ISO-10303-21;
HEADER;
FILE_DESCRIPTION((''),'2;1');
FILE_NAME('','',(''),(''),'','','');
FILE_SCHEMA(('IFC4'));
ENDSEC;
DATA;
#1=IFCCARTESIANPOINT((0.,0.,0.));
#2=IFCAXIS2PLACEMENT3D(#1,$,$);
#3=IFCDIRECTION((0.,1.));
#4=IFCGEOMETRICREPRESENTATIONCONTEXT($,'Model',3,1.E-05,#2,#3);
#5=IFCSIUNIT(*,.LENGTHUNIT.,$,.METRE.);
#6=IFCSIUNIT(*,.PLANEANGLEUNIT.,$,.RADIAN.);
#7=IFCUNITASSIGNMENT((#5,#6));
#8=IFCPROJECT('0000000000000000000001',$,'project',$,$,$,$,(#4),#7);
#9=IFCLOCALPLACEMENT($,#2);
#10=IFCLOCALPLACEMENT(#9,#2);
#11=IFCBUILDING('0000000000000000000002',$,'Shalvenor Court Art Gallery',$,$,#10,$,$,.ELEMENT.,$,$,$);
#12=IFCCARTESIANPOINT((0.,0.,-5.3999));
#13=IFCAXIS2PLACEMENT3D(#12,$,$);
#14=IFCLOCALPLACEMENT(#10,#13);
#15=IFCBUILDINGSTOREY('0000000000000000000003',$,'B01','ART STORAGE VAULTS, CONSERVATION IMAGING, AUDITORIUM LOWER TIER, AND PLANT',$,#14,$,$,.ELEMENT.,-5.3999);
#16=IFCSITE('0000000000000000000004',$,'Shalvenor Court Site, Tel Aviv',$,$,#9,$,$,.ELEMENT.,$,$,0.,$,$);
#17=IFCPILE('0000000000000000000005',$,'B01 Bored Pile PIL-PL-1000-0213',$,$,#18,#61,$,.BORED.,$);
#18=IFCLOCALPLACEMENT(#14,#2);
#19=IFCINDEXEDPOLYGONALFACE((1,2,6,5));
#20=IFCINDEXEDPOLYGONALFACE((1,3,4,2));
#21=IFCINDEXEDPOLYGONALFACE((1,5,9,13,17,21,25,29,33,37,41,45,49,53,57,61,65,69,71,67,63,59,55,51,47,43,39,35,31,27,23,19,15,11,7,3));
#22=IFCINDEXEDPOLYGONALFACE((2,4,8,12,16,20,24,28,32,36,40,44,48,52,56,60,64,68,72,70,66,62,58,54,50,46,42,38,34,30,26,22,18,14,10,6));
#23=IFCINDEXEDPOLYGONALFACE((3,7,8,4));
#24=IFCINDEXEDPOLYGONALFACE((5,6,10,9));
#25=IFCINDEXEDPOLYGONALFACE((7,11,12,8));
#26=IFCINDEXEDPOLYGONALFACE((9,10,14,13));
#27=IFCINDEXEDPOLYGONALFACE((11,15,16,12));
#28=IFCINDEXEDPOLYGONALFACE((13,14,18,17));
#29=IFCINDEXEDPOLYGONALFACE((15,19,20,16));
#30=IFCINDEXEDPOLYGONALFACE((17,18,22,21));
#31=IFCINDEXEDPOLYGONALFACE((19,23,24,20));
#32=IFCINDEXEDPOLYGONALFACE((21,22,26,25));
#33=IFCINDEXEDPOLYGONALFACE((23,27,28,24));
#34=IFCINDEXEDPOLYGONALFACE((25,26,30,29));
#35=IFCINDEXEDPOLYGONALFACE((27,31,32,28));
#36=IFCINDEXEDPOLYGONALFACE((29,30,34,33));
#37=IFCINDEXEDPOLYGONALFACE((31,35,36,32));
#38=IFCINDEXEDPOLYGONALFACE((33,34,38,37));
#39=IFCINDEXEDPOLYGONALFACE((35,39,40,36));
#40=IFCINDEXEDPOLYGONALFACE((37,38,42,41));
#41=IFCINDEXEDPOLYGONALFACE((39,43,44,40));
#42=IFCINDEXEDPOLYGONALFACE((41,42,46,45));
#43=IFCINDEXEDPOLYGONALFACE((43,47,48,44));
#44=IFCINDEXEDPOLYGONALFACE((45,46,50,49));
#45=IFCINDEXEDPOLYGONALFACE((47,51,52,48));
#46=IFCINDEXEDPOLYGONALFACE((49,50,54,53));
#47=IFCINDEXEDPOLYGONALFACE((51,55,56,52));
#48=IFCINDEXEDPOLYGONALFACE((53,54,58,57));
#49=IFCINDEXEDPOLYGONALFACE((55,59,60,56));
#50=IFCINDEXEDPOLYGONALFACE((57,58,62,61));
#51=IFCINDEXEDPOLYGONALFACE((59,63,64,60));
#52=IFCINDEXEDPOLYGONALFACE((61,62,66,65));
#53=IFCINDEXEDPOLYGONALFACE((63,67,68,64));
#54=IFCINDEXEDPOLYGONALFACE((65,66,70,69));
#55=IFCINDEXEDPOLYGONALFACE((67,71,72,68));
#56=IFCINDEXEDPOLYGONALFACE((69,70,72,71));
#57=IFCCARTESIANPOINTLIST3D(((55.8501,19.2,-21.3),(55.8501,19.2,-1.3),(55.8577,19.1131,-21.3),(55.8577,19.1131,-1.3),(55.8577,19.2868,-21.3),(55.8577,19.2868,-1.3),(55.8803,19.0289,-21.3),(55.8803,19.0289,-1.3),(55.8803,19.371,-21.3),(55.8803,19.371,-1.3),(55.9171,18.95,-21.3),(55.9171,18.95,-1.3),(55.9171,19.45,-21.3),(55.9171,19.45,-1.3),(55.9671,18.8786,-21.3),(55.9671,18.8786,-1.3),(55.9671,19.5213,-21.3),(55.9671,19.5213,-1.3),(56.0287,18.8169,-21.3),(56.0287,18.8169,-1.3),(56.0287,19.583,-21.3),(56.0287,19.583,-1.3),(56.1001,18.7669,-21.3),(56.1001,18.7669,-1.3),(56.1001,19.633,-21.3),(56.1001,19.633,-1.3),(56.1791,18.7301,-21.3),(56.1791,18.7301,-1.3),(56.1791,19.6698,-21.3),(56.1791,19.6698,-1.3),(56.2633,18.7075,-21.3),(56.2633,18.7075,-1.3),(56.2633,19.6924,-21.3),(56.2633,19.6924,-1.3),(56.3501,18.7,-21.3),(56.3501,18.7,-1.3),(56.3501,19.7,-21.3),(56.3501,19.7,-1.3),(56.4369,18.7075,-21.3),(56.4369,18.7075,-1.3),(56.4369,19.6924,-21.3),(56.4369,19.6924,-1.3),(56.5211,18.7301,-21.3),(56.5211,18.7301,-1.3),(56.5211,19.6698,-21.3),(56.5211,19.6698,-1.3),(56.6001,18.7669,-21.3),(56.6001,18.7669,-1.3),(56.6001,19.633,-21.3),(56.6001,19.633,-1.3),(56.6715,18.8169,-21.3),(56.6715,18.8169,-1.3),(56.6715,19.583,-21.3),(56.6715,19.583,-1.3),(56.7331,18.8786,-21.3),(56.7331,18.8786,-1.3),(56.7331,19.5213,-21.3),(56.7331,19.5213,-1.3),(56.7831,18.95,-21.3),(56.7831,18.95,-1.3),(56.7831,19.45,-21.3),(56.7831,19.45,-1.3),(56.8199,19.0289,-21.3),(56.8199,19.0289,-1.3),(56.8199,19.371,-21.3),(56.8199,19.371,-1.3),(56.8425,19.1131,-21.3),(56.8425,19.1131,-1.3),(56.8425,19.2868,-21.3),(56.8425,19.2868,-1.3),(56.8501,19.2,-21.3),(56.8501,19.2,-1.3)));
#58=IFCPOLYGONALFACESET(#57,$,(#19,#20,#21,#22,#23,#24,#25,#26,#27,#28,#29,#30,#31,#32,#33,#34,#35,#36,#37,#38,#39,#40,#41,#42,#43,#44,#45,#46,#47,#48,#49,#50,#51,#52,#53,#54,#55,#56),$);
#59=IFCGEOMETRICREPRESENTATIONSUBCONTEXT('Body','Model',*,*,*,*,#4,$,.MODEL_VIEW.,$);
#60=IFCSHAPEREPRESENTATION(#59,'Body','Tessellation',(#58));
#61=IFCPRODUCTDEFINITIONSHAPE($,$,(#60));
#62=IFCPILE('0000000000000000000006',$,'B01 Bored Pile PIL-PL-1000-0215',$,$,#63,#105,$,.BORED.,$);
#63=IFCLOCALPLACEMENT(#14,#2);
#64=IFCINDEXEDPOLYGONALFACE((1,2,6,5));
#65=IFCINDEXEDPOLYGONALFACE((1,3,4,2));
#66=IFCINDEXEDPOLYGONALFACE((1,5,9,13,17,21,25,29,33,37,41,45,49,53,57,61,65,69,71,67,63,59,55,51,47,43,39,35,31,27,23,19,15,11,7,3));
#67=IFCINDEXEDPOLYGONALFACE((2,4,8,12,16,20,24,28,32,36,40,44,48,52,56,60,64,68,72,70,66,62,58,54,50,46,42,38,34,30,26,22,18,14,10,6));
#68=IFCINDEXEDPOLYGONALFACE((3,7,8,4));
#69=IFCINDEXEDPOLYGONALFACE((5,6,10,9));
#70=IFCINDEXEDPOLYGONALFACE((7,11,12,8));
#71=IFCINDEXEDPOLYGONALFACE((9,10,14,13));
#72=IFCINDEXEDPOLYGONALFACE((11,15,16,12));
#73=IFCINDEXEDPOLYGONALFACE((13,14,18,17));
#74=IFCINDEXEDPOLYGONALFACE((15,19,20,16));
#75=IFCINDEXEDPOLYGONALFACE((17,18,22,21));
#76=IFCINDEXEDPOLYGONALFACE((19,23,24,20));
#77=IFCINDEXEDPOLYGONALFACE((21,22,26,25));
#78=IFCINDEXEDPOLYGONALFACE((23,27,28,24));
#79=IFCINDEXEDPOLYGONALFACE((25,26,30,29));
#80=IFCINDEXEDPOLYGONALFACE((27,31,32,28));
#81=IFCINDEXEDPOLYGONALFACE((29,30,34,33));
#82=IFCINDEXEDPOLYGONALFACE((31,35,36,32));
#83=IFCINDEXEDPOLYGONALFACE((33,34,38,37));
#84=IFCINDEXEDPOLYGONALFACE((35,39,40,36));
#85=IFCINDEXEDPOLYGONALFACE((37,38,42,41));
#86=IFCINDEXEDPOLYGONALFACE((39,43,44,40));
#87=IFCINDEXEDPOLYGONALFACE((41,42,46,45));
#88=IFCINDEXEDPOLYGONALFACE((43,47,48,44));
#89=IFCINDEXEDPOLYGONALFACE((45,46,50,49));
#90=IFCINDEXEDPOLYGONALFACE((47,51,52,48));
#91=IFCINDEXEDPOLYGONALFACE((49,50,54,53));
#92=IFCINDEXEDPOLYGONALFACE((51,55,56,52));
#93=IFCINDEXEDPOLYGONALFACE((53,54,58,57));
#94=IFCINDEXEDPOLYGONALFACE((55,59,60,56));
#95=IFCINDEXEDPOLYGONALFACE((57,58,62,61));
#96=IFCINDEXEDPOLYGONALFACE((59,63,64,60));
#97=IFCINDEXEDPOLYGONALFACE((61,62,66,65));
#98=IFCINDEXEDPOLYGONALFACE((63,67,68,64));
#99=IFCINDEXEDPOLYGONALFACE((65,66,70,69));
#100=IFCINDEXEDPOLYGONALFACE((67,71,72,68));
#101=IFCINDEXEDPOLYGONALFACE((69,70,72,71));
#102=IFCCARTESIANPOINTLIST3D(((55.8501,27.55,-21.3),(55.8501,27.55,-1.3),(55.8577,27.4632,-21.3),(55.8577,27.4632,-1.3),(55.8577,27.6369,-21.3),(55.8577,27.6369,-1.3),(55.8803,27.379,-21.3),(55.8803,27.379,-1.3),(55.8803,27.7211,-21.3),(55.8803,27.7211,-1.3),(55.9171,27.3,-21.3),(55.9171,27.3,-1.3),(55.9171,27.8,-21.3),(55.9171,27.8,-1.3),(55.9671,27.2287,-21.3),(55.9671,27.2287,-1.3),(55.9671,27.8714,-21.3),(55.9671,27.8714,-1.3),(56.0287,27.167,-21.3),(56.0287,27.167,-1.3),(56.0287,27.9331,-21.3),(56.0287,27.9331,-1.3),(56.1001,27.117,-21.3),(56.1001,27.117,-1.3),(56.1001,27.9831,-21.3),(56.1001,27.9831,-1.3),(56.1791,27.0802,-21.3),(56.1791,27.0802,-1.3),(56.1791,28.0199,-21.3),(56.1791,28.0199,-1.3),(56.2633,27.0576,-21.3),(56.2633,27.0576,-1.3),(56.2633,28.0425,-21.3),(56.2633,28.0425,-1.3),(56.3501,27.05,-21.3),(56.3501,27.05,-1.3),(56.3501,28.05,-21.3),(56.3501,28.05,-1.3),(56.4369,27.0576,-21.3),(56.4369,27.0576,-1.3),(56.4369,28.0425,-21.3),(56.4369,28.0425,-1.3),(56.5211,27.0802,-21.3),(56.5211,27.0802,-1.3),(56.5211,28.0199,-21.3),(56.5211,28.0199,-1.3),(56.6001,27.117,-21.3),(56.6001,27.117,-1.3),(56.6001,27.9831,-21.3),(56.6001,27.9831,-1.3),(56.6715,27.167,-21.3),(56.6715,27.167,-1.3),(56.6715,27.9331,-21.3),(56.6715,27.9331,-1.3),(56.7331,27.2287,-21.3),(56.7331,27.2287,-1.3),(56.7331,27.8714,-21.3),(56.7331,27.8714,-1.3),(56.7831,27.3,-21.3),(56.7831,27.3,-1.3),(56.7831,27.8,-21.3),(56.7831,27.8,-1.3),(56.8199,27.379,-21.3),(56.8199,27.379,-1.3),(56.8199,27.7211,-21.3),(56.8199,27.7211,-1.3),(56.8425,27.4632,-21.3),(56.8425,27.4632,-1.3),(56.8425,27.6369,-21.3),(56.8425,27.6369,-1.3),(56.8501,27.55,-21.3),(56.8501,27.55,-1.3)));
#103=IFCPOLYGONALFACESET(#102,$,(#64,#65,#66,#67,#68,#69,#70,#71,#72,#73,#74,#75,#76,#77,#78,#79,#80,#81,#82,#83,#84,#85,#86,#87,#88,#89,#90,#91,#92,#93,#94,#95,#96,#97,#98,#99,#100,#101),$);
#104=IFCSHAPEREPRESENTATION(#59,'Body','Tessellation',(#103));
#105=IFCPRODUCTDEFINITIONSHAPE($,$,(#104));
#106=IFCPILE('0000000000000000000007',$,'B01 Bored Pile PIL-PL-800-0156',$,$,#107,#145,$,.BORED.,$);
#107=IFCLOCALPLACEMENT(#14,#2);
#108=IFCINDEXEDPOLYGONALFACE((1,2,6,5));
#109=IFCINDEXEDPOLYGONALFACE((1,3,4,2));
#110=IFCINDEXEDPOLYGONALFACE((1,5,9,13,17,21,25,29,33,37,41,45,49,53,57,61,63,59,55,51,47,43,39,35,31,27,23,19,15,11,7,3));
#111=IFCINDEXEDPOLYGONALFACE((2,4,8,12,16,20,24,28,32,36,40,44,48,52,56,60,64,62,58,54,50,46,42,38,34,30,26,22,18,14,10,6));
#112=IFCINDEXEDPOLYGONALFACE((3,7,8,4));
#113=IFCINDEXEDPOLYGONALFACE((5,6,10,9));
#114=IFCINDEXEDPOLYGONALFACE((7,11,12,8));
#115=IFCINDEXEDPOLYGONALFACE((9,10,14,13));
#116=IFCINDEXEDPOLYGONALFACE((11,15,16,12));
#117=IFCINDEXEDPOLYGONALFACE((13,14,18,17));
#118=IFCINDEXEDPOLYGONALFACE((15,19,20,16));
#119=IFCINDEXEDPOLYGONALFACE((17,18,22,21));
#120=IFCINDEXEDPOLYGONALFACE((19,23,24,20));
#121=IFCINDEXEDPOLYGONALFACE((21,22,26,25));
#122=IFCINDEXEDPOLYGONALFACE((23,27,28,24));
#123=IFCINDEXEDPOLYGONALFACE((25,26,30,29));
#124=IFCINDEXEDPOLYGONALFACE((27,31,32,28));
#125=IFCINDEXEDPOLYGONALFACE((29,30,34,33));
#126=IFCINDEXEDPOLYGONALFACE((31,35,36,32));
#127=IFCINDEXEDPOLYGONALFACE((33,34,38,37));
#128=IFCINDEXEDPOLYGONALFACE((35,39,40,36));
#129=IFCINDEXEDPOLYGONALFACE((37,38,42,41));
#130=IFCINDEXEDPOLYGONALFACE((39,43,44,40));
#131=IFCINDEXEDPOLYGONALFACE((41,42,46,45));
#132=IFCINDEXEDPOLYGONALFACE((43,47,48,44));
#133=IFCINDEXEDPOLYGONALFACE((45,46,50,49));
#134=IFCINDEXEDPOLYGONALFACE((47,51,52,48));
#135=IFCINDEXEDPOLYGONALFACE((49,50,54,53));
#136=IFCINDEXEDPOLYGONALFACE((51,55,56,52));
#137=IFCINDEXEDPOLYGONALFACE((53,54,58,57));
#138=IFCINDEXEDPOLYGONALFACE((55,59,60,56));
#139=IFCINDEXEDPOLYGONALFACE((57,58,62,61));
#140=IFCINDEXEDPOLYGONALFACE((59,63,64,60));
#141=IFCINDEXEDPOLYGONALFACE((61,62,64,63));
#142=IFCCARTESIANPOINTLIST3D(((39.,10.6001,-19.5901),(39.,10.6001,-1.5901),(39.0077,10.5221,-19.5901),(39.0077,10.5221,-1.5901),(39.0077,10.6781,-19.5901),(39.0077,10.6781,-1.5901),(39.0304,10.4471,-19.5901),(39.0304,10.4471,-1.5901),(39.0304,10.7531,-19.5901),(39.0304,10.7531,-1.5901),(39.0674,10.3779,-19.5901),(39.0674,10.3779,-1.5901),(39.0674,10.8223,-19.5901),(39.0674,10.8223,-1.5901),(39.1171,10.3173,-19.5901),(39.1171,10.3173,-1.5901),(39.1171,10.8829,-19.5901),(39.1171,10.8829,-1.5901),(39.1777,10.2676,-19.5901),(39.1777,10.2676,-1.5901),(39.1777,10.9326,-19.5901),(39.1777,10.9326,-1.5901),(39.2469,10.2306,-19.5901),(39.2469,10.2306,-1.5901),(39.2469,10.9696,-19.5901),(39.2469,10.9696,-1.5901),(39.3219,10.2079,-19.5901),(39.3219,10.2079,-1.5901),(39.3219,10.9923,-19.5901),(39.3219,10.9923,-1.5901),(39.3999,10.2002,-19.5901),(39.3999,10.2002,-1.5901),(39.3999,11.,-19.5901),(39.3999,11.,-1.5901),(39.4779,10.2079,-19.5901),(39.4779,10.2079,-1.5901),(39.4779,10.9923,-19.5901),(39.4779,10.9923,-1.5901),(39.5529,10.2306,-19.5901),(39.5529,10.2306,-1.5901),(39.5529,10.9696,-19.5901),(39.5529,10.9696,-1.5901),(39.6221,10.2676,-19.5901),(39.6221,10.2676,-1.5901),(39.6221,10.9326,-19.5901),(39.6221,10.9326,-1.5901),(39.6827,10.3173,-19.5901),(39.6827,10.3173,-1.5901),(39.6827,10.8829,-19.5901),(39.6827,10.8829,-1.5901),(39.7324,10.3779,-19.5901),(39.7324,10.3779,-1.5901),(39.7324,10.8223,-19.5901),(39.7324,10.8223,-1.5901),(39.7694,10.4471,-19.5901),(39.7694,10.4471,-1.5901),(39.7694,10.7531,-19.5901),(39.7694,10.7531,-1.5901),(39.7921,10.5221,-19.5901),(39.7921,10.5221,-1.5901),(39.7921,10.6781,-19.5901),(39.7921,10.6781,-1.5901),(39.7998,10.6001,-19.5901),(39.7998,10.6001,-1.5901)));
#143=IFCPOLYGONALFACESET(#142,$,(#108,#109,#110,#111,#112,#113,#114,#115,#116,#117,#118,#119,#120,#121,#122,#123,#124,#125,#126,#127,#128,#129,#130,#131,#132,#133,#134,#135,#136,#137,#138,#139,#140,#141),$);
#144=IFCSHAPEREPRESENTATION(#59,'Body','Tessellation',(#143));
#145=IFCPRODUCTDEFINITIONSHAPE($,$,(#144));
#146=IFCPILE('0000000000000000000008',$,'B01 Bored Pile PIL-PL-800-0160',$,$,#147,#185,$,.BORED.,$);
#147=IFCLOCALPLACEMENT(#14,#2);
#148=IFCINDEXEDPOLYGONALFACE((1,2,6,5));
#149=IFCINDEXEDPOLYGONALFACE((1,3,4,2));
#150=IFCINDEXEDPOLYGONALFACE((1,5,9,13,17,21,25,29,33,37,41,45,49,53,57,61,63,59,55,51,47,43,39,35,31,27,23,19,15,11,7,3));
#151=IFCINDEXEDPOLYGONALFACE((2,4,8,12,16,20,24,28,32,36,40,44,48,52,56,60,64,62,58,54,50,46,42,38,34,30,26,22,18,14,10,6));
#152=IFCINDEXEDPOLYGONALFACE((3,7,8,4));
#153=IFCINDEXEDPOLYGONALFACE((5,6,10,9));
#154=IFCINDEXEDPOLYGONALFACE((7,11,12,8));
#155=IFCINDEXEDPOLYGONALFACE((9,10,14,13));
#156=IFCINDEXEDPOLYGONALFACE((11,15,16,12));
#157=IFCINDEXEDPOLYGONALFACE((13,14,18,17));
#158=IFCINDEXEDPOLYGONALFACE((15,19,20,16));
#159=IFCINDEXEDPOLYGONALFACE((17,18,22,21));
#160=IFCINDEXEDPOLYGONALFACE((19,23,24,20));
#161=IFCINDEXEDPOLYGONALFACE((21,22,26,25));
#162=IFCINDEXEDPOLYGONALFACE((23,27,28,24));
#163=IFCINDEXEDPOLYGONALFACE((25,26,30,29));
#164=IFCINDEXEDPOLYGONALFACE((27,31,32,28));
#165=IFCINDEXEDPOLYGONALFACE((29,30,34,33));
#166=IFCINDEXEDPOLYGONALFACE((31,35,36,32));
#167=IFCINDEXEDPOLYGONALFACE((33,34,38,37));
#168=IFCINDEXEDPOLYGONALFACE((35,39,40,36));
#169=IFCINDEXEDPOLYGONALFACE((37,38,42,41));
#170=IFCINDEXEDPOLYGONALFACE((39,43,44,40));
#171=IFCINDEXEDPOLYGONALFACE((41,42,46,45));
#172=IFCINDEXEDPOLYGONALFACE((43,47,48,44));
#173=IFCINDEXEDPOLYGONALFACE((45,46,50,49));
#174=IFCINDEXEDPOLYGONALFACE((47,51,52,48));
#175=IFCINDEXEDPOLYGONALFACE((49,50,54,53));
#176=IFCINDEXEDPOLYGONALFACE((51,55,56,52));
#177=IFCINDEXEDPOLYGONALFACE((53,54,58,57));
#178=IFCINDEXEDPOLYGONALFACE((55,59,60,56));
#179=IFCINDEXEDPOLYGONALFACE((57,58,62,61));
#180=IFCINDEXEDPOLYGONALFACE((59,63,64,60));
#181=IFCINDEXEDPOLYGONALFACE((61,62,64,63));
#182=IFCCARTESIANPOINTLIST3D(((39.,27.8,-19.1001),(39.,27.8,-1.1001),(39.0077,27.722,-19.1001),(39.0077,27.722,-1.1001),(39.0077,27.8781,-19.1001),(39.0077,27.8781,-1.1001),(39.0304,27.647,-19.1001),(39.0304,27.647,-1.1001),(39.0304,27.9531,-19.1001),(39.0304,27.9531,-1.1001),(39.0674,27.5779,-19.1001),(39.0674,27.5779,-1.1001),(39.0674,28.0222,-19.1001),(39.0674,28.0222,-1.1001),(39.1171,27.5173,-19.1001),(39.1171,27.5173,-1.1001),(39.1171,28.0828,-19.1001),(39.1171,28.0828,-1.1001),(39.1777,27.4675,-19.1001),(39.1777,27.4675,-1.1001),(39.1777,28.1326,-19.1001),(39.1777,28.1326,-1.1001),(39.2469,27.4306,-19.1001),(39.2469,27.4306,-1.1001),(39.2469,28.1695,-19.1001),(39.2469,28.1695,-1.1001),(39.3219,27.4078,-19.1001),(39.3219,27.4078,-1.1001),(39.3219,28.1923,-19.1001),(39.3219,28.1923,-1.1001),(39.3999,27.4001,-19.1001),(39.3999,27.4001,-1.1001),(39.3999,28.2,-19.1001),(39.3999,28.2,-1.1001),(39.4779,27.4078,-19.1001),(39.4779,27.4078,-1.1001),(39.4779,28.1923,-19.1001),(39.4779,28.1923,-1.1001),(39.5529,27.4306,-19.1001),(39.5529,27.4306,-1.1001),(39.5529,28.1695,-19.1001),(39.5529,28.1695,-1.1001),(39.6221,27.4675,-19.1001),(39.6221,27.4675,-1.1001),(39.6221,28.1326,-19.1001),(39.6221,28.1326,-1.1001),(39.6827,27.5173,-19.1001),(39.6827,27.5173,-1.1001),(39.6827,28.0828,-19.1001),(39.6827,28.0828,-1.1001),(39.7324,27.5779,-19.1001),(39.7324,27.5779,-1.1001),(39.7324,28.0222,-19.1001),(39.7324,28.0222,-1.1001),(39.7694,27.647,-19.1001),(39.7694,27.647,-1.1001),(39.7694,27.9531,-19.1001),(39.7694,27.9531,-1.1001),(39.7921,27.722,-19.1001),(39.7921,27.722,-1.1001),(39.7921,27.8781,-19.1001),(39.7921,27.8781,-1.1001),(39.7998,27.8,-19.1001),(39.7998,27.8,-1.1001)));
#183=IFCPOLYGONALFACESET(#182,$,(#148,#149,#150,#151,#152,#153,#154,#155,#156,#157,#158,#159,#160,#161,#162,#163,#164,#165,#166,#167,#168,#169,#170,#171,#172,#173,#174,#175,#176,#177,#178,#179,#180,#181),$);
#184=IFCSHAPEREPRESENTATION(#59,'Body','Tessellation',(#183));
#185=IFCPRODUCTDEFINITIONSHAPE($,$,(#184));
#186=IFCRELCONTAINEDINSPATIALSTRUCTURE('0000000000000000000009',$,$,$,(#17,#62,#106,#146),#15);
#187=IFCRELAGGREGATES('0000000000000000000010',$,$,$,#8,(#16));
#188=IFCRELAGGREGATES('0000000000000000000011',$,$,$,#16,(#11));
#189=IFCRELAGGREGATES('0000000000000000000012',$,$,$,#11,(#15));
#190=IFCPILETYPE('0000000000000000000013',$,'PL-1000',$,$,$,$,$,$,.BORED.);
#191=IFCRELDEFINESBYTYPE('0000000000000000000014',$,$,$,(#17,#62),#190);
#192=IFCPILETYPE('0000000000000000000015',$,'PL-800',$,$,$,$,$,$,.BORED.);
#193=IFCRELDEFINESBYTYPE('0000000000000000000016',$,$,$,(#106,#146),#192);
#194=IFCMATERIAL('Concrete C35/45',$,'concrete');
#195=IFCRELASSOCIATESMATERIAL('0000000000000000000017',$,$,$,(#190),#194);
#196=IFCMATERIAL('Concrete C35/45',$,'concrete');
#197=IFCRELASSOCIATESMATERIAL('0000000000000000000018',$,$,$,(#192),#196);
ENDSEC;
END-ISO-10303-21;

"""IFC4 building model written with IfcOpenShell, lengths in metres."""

from ifc_helpers import new_model, si_unit, direction, frame, origin, origin_2d, place, context, subcontext, project, spatial, circle, extrude, material, material_profile, profile_set, type_object, element, save


model = new_model("IFC4")

# Units and contexts
model_context = context("Model", 3, precision=1e-05, world=origin(), true_north=direction((0.0, 1.0)))
body_context = subcontext(model_context, "Body", "Model", "MODEL_VIEW")
ifc_project = project(units=[si_unit("LENGTHUNIT", "METRE"), si_unit("PLANEANGLEUNIT", "RADIAN")], contexts=[model_context])

# Site, building, storey
site_placement = place(None, origin())
site = spatial("IfcSite", under=ifc_project, at=site_placement, Name="Shalvenor Court Site, Tel Aviv", CompositionType="ELEMENT", RefElevation=0.0)
building_placement = place(site_placement, origin())
building = spatial("IfcBuilding", under=site, at=building_placement, Name="Shalvenor Court Art Gallery", CompositionType="ELEMENT")
storey_placement = place(building_placement, frame((0.0, 0.0, -5.3999)))
storey = spatial("IfcBuildingStorey", under=building, at=storey_placement, Name="B01", Description="ART STORAGE VAULTS, CONSERVATION IMAGING, AUDITORIUM LOWER TIER, AND PLANT", CompositionType="ELEMENT", Elevation=-5.3999)

# Piles
ifc_material_1 = material(Name="Concrete C35/45", Category="concrete")
ifc_material_profile_1 = material_profile(ifc_material_1, circle(Radius=0.5, at=origin_2d()), Name="PILE 1000")
ifc_profile_set_1 = profile_set([ifc_material_profile_1], Name="Concrete C35/45")
pile_type_1 = type_object("IfcPileType", Name="PL-1000", PredefinedType="BORED", material=ifc_profile_set_1)
for number, where, z_axis, x_axis, name in (
    (1, (56.3501, 19.2, -1.3), (0.0, 0.0, -1.0), (1.0, 0.0, 0.0), "B01 Bored Pile PIL-PL-1000-0213"),
    (2, (56.3501, 27.55, -1.3), (0.0, 0.0, -1.0), (1.0, 0.0, 0.0), "B01 Bored Pile PIL-PL-1000-0215"),
):
    element("IfcPile", number, at=place(storey_placement, frame(where, z_axis=z_axis, x_axis=x_axis)), inside=storey, type_object=pile_type_1, Name=name, PredefinedType="BORED", context=body_context, shape_type="SweptSolid", body=[
        extrude(circle(Radius=0.5, at=origin_2d()), origin(), (0.0, 0.0, 1.0), 20.0),
    ])
ifc_material_2 = material(Name="Concrete C35/45", Category="concrete")
ifc_material_profile_2 = material_profile(ifc_material_2, circle(Radius=0.3999, at=origin_2d()), Name="PILE 800")
ifc_profile_set_2 = profile_set([ifc_material_profile_2], Name="Concrete C35/45")
pile_type_2 = type_object("IfcPileType", Name="PL-800", PredefinedType="BORED", material=ifc_profile_set_2)
for number, where, z_axis, x_axis, name in (
    (3, (39.3999, 10.6001, -1.5901), (0.0, 0.0, -1.0), (1.0, 0.0, 0.0), "B01 Bored Pile PIL-PL-800-0156"),
    (4, (39.3999, 27.8, -1.1001), (0.0, 0.0, -1.0), (1.0, 0.0, 0.0), "B01 Bored Pile PIL-PL-800-0160"),
):
    element("IfcPile", number, at=place(storey_placement, frame(where, z_axis=z_axis, x_axis=x_axis)), inside=storey, type_object=pile_type_2, Name=name, PredefinedType="BORED", context=body_context, shape_type="SweptSolid", body=[
        extrude(circle(Radius=0.3999, at=origin_2d()), origin(), (0.0, 0.0, 1.0), 18.0),
    ])

save(model, "model.ifc")
